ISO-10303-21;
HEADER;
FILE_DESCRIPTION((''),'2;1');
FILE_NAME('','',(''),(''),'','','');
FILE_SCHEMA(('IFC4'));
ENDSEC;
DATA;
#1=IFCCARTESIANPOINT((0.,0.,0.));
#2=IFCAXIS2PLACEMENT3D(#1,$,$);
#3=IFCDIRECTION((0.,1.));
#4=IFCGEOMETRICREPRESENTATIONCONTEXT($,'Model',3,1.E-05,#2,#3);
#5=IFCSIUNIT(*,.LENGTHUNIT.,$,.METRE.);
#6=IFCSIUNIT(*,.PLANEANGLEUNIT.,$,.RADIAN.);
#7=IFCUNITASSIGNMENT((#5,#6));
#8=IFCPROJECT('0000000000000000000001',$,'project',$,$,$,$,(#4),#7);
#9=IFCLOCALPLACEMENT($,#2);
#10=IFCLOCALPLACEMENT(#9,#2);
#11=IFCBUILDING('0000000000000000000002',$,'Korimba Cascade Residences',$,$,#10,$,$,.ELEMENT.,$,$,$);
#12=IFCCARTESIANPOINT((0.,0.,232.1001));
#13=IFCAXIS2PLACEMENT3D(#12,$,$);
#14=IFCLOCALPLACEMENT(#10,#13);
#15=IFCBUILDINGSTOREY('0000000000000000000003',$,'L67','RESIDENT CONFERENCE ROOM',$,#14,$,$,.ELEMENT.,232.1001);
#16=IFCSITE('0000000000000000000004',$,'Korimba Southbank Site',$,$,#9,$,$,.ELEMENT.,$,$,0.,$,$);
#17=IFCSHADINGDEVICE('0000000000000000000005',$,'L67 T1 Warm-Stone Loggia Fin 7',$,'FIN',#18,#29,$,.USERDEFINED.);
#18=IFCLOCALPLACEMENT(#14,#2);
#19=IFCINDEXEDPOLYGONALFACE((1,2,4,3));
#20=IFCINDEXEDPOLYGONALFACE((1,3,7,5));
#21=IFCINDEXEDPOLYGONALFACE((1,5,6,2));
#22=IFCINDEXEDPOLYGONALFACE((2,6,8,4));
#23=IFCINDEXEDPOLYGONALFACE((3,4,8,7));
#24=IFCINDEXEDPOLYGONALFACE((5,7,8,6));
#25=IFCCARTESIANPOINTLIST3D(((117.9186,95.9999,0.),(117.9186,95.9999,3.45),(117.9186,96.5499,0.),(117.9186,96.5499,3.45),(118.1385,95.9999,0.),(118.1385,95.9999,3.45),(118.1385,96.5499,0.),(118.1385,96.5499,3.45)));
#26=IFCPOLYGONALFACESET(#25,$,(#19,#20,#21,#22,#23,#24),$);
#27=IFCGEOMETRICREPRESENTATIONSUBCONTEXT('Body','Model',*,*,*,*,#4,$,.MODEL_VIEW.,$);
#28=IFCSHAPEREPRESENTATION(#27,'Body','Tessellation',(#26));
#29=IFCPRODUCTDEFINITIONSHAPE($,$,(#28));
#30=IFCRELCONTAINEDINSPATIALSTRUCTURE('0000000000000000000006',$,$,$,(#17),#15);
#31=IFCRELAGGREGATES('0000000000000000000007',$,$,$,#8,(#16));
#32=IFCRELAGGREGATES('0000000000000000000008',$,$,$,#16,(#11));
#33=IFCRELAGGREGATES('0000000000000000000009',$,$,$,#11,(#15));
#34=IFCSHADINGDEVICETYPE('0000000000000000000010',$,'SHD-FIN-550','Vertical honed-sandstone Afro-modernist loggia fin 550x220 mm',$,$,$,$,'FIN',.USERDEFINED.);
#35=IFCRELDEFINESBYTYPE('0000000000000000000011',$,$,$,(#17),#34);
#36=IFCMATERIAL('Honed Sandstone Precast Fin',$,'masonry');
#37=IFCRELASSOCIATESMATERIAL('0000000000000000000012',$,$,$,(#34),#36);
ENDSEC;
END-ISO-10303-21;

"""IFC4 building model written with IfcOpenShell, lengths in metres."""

from ifc_helpers import new_model, si_unit, direction, frame, origin, origin_2d, place, context, subcontext, project, spatial, rectangle, extrude, material, type_object, element, save


model = new_model("IFC4")

# Units and contexts
model_context = context("Model", 3, precision=1e-05, world=origin(), true_north=direction((0.0, 1.0)))
body_context = subcontext(model_context, "Body", "Model", "MODEL_VIEW")
ifc_project = project(units=[si_unit("LENGTHUNIT", "METRE"), si_unit("PLANEANGLEUNIT", "RADIAN")], contexts=[model_context])

# Site, building, storey
site_placement = place(None, origin())
site = spatial("IfcSite", under=ifc_project, at=site_placement, Name="Korimba Southbank Site", CompositionType="ELEMENT", RefElevation=0.0)
building_placement = place(site_placement, origin())
building = spatial("IfcBuilding", under=site, at=building_placement, Name="Korimba Cascade Residences", CompositionType="ELEMENT")
storey_placement = place(building_placement, frame((0.0, 0.0, 232.1001)))
storey = spatial("IfcBuildingStorey", under=building, at=storey_placement, Name="L67", Description="RESIDENT CONFERENCE ROOM", CompositionType="ELEMENT", Elevation=232.1001)

# Shading device
ifc_material_1 = material(Name="Honed Sandstone Precast Fin", Category="masonry")
shading_device_type = type_object("IfcShadingDeviceType", Name="SHD-FIN-550", Description="Vertical honed-sandstone Afro-modernist loggia fin 550x220 mm", ElementType="FIN", PredefinedType="USERDEFINED", material=ifc_material_1)
shading_device_placement = place(storey_placement, frame((118.0286, 96.2749, 0.0), z_axis=(0.0, 0.0, 1.0), x_axis=(1.0, 0.0, 0.0)))
element("IfcShadingDevice", 1, at=shading_device_placement, inside=storey, type_object=shading_device_type, Name="L67 T1 Warm-Stone Loggia Fin 7", ObjectType="FIN", PredefinedType="USERDEFINED", context=body_context, shape_type="SweptSolid", body=[
    extrude(rectangle(XDim=0.22, YDim=0.55, at=origin_2d()), origin(), (0.0, 0.0, 1.0), 3.45),
])

save(model, "model.ifc")
